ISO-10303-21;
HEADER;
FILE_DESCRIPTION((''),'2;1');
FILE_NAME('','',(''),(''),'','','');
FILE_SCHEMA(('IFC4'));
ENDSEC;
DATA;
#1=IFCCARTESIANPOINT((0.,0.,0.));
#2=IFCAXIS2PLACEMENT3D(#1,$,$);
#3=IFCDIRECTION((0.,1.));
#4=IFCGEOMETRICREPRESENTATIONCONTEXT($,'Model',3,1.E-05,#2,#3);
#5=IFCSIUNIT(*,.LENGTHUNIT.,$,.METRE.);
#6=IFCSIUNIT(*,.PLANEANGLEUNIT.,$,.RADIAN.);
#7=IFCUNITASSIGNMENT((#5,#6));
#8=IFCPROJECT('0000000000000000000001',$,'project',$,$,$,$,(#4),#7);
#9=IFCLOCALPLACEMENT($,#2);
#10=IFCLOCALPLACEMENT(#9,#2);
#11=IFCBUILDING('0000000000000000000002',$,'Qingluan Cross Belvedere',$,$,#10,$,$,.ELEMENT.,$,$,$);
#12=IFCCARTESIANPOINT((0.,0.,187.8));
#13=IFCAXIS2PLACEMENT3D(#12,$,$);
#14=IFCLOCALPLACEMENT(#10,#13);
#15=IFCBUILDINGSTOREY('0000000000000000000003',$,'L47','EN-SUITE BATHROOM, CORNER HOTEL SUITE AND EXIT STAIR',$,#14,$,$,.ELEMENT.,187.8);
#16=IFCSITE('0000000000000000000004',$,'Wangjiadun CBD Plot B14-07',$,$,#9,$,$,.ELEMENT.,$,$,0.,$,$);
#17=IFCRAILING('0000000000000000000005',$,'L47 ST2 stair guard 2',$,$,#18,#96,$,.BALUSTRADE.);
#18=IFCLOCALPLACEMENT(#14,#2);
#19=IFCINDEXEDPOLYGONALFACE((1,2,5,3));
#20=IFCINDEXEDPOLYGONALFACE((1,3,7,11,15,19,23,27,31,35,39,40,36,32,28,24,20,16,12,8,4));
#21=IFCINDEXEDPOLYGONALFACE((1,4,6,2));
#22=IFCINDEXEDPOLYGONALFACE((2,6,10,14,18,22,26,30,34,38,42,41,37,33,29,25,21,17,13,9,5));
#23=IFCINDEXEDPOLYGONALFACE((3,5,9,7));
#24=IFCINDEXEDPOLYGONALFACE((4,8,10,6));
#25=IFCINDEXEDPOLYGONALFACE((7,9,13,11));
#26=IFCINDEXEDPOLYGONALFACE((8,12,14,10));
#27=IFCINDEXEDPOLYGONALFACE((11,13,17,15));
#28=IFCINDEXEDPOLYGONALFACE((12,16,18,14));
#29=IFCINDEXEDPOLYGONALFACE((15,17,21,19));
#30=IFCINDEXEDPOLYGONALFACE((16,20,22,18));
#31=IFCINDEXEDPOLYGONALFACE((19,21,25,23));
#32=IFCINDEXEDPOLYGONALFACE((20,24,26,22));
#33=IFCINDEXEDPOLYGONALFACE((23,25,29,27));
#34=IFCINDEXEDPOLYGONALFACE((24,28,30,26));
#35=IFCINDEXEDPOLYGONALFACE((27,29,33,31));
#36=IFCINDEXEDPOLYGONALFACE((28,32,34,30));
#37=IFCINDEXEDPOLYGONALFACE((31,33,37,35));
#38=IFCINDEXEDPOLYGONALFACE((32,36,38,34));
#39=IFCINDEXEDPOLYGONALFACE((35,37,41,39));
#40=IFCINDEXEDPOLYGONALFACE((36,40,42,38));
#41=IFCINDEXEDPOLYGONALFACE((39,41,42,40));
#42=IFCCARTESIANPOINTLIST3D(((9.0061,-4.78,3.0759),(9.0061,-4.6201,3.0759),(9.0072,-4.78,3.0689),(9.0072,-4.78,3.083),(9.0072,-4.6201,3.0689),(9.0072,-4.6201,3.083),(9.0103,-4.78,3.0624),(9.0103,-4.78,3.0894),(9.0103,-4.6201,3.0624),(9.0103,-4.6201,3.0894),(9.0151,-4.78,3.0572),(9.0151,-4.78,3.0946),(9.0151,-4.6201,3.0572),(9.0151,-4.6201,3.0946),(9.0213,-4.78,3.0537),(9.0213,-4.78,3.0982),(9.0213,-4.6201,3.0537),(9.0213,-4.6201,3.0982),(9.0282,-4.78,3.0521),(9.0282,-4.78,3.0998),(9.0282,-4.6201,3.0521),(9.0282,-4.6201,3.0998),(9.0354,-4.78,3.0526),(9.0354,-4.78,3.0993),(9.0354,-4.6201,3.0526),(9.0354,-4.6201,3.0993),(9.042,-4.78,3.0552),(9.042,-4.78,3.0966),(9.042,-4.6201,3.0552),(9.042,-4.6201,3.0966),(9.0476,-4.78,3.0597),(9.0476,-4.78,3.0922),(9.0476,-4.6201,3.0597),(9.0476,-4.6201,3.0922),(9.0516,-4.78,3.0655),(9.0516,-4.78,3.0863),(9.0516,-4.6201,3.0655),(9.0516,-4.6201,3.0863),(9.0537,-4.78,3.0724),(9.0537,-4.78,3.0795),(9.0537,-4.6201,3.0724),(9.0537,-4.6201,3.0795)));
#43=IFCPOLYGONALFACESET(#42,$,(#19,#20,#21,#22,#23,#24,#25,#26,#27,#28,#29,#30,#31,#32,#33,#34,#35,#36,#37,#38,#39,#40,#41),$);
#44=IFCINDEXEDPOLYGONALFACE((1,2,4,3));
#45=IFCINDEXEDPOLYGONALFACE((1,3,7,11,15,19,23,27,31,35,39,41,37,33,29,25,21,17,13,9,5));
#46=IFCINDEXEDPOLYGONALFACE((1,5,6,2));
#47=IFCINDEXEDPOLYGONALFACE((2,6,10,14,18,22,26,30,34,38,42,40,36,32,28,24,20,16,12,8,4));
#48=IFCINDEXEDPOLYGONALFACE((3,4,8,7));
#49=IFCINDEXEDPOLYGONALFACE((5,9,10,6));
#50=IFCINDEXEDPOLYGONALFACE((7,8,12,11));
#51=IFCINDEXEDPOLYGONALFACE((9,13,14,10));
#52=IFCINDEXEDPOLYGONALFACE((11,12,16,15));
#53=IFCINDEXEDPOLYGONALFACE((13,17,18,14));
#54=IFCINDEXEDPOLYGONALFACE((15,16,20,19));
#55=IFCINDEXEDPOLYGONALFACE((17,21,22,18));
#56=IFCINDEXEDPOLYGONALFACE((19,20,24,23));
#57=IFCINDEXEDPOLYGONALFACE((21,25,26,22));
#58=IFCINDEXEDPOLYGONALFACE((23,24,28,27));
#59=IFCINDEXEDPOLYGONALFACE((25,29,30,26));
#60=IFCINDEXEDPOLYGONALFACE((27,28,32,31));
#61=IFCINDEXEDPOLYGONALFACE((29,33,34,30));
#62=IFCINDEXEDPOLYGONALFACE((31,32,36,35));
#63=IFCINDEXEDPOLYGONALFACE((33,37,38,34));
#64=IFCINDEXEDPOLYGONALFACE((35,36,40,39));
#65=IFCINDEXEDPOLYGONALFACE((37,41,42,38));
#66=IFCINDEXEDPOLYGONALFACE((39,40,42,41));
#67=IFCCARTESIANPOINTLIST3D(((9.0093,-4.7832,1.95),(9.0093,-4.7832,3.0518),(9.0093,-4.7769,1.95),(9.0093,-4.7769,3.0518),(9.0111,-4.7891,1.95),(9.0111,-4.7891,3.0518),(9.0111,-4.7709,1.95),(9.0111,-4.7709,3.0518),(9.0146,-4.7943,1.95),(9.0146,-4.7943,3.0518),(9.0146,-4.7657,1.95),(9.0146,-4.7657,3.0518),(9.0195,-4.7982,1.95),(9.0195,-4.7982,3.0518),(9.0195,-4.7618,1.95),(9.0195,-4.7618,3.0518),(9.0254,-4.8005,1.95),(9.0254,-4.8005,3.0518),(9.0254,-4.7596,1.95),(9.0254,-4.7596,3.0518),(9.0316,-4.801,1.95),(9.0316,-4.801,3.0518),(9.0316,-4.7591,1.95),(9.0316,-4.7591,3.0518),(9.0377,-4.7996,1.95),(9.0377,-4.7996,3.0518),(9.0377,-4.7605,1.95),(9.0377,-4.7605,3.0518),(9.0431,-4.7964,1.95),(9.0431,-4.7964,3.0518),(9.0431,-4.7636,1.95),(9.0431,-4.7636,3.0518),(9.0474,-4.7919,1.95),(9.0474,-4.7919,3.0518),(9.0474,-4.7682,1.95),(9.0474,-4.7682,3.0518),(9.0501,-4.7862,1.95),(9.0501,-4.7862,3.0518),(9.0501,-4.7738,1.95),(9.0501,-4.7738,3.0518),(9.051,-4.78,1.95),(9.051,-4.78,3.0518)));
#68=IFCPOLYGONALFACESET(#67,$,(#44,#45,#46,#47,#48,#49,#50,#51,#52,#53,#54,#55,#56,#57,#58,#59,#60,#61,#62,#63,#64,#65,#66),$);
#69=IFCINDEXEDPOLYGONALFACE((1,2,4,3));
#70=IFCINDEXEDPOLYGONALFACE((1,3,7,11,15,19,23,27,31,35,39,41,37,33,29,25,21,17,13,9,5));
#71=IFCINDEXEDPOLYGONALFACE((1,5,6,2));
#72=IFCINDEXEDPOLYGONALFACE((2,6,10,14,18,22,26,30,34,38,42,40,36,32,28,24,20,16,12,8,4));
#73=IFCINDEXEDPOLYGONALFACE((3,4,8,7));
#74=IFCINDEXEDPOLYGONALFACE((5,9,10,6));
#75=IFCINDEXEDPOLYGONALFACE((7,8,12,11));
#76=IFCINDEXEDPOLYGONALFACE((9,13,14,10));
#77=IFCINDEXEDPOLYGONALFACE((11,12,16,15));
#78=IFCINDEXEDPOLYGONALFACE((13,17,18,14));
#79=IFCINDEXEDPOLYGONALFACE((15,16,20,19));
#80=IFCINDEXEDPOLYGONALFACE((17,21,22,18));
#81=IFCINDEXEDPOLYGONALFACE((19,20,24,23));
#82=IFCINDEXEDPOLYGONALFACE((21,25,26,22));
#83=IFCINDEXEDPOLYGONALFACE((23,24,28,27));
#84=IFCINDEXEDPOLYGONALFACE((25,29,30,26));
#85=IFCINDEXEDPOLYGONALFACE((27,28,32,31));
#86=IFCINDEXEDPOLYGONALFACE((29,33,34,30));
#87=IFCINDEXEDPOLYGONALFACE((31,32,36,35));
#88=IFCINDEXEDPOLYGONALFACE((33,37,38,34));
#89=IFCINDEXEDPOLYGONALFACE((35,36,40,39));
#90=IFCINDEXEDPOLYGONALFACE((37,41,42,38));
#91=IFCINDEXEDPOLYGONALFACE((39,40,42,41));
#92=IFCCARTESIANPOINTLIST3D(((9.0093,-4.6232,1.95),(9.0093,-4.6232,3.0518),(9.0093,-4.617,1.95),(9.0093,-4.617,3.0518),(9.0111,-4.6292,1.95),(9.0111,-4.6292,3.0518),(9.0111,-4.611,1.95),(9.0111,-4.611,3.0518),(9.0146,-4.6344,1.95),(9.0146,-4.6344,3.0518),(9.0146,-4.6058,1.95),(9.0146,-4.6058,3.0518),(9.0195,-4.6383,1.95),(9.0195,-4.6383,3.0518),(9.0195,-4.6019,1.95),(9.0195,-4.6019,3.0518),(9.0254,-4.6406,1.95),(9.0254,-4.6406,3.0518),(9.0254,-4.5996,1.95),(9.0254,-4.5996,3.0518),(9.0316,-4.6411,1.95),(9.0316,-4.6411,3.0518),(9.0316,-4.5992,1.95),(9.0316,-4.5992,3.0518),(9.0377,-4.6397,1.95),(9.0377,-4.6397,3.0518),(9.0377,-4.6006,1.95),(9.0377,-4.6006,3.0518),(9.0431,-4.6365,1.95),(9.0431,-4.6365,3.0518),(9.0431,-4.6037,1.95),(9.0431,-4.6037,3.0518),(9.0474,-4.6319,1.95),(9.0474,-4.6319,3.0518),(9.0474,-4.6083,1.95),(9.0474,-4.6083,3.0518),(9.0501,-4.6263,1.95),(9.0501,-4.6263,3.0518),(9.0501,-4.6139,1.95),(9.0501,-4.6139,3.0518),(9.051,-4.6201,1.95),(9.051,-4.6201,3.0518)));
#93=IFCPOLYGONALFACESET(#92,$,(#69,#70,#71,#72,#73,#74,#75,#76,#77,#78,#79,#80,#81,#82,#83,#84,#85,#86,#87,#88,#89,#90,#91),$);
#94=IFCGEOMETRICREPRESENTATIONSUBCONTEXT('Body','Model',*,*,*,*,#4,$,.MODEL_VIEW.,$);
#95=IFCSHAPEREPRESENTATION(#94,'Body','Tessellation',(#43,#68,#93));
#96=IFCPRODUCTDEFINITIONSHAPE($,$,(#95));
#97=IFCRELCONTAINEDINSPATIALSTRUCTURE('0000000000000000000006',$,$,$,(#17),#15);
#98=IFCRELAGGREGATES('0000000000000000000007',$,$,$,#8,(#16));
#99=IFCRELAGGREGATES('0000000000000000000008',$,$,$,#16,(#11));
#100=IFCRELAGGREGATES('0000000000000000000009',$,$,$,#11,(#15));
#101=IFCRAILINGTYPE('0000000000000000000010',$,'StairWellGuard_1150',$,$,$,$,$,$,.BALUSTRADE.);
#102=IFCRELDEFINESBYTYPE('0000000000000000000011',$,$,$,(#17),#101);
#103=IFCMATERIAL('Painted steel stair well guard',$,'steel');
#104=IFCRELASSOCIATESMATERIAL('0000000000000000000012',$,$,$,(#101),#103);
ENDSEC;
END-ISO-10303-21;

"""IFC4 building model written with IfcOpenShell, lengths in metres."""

from ifc_helpers import new_model, si_unit, direction, frame, origin, origin_2d, place, context, subcontext, project, spatial, circle, extrude, material, type_object, element, save


model = new_model("IFC4")

# Units and contexts
model_context = context("Model", 3, precision=1e-05, world=origin(), true_north=direction((0.0, 1.0)))
body_context = subcontext(model_context, "Body", "Model", "MODEL_VIEW")
ifc_project = project(units=[si_unit("LENGTHUNIT", "METRE"), si_unit("PLANEANGLEUNIT", "RADIAN")], contexts=[model_context])

# Site, building, storey
site_placement = place(None, origin())
site = spatial("IfcSite", under=ifc_project, at=site_placement, Name="Wangjiadun CBD Plot B14-07", CompositionType="ELEMENT", RefElevation=0.0)
building_placement = place(site_placement, origin())
building = spatial("IfcBuilding", under=site, at=building_placement, Name="Qingluan Cross Belvedere", CompositionType="ELEMENT")
storey_placement = place(building_placement, frame((0.0, 0.0, 187.8)))
storey = spatial("IfcBuildingStorey", under=building, at=storey_placement, Name="L47", Description="EN-SUITE BATHROOM, CORNER HOTEL SUITE AND EXIT STAIR", CompositionType="ELEMENT", Elevation=187.8)

# Railing
ifc_material_1 = material(Name="Painted steel stair well guard", Category="steel")
railing_type_1 = type_object("IfcRailingType", Name="StairWellGuard_1150", PredefinedType="BALUSTRADE", material=ifc_material_1)
railing_1_placement = place(storey_placement, frame((9.03, -4.78, 1.95)))
element("IfcRailing", 1, at=railing_1_placement, inside=storey, type_object=railing_type_1, Name="L47 ST2 stair guard 2", PredefinedType="BALUSTRADE", context=body_context, shape_type="SweptSolid", body=[
    extrude(circle(Radius=0.0239, at=origin_2d()), frame((0.0, 0.0, 1.126), z_axis=(0.0, 1.0, 0.0), x_axis=(-1.0, 0.0, 0.0)), (0.0, 0.0, 1.0), 0.1599),
    extrude(circle(Radius=0.021, at=origin_2d()), origin(), (0.0, 0.0, 1.0), 1.1018),
    extrude(circle(Radius=0.021, at=origin_2d()), frame((0.0, 0.1599, 0.0)), (0.0, 0.0, 1.0), 1.1018),
])

save(model, "model.ifc")
